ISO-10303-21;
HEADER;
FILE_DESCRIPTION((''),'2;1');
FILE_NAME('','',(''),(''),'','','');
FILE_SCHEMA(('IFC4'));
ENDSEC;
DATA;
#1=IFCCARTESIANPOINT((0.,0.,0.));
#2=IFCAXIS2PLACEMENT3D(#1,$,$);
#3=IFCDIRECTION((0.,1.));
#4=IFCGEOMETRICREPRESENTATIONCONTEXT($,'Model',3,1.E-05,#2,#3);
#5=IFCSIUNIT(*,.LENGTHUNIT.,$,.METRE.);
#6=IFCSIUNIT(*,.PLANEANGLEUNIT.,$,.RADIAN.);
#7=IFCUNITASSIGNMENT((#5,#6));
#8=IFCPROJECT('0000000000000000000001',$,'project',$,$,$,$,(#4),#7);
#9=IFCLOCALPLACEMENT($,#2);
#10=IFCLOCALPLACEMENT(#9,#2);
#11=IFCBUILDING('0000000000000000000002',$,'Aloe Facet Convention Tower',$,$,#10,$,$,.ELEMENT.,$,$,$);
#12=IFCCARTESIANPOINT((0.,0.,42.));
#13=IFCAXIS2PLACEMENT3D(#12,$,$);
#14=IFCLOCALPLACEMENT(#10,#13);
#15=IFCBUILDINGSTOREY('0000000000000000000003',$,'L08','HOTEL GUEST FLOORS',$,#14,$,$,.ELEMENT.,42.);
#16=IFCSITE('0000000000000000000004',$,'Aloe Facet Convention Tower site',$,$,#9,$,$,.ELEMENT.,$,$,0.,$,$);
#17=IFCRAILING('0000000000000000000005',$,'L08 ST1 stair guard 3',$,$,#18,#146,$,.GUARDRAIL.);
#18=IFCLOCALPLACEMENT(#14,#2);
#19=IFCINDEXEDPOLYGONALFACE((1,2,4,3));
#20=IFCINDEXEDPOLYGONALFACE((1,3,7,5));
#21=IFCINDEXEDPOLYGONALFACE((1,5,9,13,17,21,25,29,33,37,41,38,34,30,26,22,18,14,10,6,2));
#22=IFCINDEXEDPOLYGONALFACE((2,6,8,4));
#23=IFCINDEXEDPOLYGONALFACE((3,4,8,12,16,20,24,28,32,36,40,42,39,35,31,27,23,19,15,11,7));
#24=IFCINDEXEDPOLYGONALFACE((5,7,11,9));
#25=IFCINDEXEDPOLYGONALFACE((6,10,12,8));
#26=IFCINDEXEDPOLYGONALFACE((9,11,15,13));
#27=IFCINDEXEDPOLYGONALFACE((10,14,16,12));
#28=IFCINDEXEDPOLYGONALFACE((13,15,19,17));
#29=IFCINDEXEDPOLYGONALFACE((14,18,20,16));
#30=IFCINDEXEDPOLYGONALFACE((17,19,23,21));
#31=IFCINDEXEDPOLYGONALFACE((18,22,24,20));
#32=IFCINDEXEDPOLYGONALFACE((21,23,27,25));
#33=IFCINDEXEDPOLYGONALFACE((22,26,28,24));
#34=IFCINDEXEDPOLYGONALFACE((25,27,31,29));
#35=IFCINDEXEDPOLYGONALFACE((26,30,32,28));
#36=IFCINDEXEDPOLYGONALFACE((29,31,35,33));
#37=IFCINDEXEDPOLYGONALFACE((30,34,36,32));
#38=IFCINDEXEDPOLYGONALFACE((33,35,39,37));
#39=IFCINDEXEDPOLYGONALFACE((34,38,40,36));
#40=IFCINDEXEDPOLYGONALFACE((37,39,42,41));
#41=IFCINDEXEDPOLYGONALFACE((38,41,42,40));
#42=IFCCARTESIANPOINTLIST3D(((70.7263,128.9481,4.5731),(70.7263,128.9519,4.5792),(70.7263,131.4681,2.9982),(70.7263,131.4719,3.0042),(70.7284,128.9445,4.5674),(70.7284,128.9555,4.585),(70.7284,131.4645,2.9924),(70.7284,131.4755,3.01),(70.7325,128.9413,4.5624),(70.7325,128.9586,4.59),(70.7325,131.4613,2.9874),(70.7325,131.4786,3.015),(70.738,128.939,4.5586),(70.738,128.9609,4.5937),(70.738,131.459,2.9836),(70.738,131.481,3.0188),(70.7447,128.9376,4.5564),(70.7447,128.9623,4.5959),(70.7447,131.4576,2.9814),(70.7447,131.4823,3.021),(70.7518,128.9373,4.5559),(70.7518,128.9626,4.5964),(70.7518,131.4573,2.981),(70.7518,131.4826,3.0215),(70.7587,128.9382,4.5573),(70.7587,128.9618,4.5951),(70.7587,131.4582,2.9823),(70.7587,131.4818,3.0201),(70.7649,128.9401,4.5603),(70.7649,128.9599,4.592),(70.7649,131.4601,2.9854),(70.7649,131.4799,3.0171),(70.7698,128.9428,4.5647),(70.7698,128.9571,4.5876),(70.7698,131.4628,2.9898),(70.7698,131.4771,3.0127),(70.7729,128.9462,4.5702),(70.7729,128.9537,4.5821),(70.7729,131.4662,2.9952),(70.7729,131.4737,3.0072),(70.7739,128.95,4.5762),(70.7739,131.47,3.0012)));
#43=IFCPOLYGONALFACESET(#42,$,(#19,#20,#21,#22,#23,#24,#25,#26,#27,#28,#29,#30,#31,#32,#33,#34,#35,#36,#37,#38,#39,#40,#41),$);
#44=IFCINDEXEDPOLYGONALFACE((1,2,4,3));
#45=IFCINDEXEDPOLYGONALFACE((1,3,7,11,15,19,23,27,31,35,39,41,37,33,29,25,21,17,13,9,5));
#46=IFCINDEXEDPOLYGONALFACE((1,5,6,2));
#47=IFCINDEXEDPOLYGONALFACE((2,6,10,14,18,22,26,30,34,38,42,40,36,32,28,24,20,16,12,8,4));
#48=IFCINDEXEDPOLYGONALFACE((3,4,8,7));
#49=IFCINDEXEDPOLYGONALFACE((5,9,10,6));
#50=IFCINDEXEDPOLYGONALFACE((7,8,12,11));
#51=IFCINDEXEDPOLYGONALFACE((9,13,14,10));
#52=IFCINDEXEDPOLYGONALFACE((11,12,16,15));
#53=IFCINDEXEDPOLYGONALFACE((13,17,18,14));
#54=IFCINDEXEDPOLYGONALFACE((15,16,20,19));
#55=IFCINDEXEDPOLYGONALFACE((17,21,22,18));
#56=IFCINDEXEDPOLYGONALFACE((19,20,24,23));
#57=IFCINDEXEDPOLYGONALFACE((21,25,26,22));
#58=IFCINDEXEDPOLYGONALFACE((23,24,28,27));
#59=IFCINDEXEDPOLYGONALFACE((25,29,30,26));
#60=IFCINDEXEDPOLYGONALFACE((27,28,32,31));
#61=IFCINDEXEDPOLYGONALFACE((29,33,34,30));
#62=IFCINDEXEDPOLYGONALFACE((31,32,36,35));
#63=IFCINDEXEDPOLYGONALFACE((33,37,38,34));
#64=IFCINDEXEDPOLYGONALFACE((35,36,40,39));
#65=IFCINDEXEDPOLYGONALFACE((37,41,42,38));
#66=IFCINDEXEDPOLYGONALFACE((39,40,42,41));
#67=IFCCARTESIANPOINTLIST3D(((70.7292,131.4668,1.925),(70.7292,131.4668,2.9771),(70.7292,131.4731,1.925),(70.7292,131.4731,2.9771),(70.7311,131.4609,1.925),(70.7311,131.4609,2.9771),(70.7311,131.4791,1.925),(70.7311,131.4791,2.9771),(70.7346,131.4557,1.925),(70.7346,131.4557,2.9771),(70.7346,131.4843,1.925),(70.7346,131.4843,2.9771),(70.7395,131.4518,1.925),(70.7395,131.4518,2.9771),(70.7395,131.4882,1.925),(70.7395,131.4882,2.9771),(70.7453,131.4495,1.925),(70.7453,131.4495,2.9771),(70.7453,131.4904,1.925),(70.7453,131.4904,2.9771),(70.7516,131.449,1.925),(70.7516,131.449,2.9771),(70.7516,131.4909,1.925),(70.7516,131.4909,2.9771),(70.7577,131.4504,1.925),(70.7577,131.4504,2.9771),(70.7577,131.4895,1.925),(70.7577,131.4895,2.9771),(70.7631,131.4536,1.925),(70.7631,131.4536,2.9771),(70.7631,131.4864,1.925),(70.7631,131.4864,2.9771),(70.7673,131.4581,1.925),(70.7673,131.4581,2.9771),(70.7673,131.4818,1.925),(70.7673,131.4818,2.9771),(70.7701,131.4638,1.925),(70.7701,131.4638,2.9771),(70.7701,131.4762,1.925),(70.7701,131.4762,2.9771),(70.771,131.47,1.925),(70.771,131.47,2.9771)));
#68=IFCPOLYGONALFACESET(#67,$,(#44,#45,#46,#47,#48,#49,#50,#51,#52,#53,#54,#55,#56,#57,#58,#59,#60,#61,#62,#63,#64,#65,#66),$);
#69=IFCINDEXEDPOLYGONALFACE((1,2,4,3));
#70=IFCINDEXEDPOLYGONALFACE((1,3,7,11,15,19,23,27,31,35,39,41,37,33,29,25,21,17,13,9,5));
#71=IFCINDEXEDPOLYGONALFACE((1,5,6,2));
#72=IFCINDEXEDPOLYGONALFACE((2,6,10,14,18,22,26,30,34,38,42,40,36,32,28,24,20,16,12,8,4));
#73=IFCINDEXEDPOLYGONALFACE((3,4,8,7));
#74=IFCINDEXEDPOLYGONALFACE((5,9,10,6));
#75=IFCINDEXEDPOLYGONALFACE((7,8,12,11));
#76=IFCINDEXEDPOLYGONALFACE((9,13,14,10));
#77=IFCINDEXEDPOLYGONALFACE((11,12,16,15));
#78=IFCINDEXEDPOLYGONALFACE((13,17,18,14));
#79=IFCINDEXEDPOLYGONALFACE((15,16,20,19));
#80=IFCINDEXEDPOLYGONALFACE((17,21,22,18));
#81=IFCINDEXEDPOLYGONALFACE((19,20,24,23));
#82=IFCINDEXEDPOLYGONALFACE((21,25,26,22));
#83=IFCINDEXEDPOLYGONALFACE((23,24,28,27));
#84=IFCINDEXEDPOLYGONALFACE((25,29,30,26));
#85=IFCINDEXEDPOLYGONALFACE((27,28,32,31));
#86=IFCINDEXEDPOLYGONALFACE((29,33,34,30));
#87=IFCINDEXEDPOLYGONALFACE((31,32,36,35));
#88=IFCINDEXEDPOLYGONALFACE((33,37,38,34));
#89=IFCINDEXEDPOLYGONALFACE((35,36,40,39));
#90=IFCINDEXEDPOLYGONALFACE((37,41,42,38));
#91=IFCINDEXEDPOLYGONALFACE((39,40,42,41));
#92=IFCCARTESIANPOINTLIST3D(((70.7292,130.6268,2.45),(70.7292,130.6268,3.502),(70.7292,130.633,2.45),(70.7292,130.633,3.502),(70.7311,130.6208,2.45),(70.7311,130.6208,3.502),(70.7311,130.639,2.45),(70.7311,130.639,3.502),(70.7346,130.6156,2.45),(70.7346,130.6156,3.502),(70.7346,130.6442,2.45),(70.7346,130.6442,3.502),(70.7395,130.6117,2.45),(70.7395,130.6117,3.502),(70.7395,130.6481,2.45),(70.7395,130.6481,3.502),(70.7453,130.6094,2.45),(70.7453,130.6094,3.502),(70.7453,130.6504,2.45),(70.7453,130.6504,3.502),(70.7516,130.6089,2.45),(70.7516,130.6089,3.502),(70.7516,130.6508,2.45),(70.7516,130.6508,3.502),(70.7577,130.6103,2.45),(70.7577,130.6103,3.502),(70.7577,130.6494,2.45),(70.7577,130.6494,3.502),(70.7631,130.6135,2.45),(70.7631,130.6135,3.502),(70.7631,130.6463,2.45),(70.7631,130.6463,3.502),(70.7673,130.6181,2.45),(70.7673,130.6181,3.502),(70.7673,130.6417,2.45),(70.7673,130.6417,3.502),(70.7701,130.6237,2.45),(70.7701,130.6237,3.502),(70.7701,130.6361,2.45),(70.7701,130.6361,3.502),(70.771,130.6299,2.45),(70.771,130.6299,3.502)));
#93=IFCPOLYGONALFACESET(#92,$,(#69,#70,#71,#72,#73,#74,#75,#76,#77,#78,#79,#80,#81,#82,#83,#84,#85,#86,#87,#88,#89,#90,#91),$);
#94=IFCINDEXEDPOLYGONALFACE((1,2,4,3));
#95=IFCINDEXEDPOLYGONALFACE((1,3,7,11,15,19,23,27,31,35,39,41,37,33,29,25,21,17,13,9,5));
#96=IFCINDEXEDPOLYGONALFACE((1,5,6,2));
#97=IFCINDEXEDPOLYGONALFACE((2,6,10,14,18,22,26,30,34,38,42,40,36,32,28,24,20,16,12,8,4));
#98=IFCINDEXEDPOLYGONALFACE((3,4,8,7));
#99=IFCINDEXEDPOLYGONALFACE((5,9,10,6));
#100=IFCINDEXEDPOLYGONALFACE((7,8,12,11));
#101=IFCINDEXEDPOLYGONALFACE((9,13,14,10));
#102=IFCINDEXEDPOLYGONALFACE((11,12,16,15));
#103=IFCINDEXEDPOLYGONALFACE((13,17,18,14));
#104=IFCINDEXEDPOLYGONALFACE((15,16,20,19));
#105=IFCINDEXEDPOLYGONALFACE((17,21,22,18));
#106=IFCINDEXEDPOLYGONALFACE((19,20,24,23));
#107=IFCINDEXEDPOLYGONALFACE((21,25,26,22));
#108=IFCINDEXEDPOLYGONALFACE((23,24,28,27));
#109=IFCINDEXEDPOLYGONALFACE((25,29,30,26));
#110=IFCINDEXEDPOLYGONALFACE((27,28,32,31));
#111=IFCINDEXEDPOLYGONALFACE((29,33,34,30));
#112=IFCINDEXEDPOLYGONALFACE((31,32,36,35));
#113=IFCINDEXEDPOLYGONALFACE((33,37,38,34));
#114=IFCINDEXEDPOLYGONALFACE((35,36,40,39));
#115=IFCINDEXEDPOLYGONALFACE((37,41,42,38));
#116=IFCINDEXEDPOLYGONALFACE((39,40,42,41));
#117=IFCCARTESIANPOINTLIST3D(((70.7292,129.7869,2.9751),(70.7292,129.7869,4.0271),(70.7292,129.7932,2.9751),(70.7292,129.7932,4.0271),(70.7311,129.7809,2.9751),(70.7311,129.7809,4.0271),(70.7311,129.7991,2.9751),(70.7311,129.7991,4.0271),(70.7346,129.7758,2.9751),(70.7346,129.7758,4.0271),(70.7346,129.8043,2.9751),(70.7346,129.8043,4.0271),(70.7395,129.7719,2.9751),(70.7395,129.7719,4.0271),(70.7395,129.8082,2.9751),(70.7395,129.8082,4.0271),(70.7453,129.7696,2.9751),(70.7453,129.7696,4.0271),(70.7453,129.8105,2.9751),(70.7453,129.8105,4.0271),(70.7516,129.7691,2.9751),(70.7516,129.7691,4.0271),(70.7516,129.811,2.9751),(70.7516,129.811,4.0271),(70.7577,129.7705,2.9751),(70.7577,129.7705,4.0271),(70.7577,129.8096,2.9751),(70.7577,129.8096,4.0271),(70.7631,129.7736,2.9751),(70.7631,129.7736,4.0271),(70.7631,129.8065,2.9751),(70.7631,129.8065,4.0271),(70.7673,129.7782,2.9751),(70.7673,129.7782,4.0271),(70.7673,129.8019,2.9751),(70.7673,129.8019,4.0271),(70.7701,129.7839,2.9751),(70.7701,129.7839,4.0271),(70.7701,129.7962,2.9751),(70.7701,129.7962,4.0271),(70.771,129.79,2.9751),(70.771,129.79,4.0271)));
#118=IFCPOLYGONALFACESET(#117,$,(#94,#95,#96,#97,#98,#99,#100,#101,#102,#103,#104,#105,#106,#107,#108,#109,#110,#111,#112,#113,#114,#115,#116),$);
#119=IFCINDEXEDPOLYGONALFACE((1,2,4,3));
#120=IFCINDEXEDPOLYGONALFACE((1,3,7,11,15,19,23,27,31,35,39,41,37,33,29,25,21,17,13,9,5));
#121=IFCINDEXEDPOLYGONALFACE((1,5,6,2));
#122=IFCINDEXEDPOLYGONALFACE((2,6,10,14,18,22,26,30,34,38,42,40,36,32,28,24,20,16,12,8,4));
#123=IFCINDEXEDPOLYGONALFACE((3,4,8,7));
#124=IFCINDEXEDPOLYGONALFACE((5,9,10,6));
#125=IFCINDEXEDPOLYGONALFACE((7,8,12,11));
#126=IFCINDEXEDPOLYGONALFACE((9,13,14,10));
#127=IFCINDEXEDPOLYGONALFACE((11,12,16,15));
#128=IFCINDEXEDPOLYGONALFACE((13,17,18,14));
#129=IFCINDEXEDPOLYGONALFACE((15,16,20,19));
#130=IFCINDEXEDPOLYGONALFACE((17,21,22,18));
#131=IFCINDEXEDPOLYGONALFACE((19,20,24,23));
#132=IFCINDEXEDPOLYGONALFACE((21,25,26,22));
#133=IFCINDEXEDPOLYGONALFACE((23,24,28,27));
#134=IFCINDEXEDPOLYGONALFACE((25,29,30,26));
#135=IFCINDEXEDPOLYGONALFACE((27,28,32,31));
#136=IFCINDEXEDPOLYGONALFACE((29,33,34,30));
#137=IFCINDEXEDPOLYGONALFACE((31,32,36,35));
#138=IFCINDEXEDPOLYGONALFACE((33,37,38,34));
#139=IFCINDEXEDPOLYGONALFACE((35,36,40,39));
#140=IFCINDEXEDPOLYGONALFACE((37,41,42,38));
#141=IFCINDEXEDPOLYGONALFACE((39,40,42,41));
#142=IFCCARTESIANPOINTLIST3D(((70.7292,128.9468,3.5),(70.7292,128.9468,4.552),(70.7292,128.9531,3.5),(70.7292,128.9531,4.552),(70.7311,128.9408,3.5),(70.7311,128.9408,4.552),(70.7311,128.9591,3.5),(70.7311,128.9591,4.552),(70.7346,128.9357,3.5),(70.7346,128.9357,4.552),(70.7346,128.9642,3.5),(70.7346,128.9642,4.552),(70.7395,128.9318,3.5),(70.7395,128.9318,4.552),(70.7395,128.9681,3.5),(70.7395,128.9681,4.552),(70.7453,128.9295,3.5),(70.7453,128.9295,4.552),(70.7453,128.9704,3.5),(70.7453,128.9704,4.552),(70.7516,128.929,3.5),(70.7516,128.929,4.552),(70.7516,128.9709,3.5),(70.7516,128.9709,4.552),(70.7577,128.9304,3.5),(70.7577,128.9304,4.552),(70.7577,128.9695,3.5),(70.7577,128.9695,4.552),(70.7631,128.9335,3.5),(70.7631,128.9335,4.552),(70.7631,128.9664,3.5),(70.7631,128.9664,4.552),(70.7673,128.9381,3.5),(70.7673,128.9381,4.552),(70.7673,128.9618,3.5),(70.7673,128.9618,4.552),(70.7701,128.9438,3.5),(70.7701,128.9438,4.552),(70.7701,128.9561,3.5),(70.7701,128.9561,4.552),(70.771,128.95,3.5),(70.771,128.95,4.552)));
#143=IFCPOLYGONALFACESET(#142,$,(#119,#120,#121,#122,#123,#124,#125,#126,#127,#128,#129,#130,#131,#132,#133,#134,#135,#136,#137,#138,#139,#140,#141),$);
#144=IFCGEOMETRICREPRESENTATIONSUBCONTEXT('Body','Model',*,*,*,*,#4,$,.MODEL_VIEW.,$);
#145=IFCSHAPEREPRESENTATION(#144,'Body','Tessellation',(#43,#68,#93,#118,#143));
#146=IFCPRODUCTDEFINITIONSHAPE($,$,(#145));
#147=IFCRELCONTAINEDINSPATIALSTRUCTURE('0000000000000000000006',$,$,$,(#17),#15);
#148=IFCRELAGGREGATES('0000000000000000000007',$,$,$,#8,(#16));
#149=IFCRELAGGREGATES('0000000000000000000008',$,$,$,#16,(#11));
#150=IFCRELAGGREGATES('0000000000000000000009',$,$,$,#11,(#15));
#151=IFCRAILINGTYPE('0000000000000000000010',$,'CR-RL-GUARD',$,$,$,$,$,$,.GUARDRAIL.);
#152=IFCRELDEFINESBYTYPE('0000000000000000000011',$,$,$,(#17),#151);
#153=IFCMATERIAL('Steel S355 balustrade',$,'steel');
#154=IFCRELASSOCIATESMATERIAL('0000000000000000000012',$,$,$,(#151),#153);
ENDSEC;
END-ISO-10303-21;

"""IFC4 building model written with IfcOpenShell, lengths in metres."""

from ifc_helpers import new_model, si_unit, direction, frame, origin, origin_2d, place, context, subcontext, project, spatial, circle, extrude, material, type_object, element, save


model = new_model("IFC4")

# Units and contexts
model_context = context("Model", 3, precision=1e-05, world=origin(), true_north=direction((0.0, 1.0)))
body_context = subcontext(model_context, "Body", "Model", "MODEL_VIEW")
ifc_project = project(units=[si_unit("LENGTHUNIT", "METRE"), si_unit("PLANEANGLEUNIT", "RADIAN")], contexts=[model_context])

# Site, building, storey
site_placement = place(None, origin())
site = spatial("IfcSite", under=ifc_project, at=site_placement, Name="Aloe Facet Convention Tower site", CompositionType="ELEMENT", RefElevation=0.0)
building_placement = place(site_placement, origin())
building = spatial("IfcBuilding", under=site, at=building_placement, Name="Aloe Facet Convention Tower", CompositionType="ELEMENT")
storey_placement = place(building_placement, frame((0.0, 0.0, 42.0)))
storey = spatial("IfcBuildingStorey", under=building, at=storey_placement, Name="L08", Description="HOTEL GUEST FLOORS", CompositionType="ELEMENT", Elevation=42.0)

# Railing
ifc_material_1 = material(Name="Steel S355 balustrade", Category="steel")
railing_type_1 = type_object("IfcRailingType", Name="CR-RL-GUARD", PredefinedType="GUARDRAIL", material=ifc_material_1)
railing_1_placement = place(storey_placement, frame((70.75, 131.47, 1.925)))
element("IfcRailing", 1, at=railing_1_placement, inside=storey, type_object=railing_type_1, Name="L08 ST1 stair guard 3", PredefinedType="GUARDRAIL", context=body_context, shape_type="SweptSolid", body=[
    extrude(circle(Radius=0.0239, at=origin_2d()), frame((0.0, 0.0, 1.0762), z_axis=(0.0, -0.848008, 0.529984), x_axis=(1.0, 0.0, 0.0)), (0.0, 0.0, 1.0), 2.9717),
    extrude(circle(Radius=0.021, at=origin_2d()), origin(), (0.0, 0.0, 1.0), 1.052),
    extrude(circle(Radius=0.021, at=origin_2d()), frame((0.0, -0.8401, 0.5249)), (0.0, 0.0, 1.0), 1.052),
    extrude(circle(Radius=0.021, at=origin_2d()), frame((0.0, -1.6799, 1.05)), (0.0, 0.0, 1.0), 1.052),
    extrude(circle(Radius=0.021, at=origin_2d()), frame((0.0, -2.52, 1.575)), (0.0, 0.0, 1.0), 1.052),
])

save(model, "model.ifc")
